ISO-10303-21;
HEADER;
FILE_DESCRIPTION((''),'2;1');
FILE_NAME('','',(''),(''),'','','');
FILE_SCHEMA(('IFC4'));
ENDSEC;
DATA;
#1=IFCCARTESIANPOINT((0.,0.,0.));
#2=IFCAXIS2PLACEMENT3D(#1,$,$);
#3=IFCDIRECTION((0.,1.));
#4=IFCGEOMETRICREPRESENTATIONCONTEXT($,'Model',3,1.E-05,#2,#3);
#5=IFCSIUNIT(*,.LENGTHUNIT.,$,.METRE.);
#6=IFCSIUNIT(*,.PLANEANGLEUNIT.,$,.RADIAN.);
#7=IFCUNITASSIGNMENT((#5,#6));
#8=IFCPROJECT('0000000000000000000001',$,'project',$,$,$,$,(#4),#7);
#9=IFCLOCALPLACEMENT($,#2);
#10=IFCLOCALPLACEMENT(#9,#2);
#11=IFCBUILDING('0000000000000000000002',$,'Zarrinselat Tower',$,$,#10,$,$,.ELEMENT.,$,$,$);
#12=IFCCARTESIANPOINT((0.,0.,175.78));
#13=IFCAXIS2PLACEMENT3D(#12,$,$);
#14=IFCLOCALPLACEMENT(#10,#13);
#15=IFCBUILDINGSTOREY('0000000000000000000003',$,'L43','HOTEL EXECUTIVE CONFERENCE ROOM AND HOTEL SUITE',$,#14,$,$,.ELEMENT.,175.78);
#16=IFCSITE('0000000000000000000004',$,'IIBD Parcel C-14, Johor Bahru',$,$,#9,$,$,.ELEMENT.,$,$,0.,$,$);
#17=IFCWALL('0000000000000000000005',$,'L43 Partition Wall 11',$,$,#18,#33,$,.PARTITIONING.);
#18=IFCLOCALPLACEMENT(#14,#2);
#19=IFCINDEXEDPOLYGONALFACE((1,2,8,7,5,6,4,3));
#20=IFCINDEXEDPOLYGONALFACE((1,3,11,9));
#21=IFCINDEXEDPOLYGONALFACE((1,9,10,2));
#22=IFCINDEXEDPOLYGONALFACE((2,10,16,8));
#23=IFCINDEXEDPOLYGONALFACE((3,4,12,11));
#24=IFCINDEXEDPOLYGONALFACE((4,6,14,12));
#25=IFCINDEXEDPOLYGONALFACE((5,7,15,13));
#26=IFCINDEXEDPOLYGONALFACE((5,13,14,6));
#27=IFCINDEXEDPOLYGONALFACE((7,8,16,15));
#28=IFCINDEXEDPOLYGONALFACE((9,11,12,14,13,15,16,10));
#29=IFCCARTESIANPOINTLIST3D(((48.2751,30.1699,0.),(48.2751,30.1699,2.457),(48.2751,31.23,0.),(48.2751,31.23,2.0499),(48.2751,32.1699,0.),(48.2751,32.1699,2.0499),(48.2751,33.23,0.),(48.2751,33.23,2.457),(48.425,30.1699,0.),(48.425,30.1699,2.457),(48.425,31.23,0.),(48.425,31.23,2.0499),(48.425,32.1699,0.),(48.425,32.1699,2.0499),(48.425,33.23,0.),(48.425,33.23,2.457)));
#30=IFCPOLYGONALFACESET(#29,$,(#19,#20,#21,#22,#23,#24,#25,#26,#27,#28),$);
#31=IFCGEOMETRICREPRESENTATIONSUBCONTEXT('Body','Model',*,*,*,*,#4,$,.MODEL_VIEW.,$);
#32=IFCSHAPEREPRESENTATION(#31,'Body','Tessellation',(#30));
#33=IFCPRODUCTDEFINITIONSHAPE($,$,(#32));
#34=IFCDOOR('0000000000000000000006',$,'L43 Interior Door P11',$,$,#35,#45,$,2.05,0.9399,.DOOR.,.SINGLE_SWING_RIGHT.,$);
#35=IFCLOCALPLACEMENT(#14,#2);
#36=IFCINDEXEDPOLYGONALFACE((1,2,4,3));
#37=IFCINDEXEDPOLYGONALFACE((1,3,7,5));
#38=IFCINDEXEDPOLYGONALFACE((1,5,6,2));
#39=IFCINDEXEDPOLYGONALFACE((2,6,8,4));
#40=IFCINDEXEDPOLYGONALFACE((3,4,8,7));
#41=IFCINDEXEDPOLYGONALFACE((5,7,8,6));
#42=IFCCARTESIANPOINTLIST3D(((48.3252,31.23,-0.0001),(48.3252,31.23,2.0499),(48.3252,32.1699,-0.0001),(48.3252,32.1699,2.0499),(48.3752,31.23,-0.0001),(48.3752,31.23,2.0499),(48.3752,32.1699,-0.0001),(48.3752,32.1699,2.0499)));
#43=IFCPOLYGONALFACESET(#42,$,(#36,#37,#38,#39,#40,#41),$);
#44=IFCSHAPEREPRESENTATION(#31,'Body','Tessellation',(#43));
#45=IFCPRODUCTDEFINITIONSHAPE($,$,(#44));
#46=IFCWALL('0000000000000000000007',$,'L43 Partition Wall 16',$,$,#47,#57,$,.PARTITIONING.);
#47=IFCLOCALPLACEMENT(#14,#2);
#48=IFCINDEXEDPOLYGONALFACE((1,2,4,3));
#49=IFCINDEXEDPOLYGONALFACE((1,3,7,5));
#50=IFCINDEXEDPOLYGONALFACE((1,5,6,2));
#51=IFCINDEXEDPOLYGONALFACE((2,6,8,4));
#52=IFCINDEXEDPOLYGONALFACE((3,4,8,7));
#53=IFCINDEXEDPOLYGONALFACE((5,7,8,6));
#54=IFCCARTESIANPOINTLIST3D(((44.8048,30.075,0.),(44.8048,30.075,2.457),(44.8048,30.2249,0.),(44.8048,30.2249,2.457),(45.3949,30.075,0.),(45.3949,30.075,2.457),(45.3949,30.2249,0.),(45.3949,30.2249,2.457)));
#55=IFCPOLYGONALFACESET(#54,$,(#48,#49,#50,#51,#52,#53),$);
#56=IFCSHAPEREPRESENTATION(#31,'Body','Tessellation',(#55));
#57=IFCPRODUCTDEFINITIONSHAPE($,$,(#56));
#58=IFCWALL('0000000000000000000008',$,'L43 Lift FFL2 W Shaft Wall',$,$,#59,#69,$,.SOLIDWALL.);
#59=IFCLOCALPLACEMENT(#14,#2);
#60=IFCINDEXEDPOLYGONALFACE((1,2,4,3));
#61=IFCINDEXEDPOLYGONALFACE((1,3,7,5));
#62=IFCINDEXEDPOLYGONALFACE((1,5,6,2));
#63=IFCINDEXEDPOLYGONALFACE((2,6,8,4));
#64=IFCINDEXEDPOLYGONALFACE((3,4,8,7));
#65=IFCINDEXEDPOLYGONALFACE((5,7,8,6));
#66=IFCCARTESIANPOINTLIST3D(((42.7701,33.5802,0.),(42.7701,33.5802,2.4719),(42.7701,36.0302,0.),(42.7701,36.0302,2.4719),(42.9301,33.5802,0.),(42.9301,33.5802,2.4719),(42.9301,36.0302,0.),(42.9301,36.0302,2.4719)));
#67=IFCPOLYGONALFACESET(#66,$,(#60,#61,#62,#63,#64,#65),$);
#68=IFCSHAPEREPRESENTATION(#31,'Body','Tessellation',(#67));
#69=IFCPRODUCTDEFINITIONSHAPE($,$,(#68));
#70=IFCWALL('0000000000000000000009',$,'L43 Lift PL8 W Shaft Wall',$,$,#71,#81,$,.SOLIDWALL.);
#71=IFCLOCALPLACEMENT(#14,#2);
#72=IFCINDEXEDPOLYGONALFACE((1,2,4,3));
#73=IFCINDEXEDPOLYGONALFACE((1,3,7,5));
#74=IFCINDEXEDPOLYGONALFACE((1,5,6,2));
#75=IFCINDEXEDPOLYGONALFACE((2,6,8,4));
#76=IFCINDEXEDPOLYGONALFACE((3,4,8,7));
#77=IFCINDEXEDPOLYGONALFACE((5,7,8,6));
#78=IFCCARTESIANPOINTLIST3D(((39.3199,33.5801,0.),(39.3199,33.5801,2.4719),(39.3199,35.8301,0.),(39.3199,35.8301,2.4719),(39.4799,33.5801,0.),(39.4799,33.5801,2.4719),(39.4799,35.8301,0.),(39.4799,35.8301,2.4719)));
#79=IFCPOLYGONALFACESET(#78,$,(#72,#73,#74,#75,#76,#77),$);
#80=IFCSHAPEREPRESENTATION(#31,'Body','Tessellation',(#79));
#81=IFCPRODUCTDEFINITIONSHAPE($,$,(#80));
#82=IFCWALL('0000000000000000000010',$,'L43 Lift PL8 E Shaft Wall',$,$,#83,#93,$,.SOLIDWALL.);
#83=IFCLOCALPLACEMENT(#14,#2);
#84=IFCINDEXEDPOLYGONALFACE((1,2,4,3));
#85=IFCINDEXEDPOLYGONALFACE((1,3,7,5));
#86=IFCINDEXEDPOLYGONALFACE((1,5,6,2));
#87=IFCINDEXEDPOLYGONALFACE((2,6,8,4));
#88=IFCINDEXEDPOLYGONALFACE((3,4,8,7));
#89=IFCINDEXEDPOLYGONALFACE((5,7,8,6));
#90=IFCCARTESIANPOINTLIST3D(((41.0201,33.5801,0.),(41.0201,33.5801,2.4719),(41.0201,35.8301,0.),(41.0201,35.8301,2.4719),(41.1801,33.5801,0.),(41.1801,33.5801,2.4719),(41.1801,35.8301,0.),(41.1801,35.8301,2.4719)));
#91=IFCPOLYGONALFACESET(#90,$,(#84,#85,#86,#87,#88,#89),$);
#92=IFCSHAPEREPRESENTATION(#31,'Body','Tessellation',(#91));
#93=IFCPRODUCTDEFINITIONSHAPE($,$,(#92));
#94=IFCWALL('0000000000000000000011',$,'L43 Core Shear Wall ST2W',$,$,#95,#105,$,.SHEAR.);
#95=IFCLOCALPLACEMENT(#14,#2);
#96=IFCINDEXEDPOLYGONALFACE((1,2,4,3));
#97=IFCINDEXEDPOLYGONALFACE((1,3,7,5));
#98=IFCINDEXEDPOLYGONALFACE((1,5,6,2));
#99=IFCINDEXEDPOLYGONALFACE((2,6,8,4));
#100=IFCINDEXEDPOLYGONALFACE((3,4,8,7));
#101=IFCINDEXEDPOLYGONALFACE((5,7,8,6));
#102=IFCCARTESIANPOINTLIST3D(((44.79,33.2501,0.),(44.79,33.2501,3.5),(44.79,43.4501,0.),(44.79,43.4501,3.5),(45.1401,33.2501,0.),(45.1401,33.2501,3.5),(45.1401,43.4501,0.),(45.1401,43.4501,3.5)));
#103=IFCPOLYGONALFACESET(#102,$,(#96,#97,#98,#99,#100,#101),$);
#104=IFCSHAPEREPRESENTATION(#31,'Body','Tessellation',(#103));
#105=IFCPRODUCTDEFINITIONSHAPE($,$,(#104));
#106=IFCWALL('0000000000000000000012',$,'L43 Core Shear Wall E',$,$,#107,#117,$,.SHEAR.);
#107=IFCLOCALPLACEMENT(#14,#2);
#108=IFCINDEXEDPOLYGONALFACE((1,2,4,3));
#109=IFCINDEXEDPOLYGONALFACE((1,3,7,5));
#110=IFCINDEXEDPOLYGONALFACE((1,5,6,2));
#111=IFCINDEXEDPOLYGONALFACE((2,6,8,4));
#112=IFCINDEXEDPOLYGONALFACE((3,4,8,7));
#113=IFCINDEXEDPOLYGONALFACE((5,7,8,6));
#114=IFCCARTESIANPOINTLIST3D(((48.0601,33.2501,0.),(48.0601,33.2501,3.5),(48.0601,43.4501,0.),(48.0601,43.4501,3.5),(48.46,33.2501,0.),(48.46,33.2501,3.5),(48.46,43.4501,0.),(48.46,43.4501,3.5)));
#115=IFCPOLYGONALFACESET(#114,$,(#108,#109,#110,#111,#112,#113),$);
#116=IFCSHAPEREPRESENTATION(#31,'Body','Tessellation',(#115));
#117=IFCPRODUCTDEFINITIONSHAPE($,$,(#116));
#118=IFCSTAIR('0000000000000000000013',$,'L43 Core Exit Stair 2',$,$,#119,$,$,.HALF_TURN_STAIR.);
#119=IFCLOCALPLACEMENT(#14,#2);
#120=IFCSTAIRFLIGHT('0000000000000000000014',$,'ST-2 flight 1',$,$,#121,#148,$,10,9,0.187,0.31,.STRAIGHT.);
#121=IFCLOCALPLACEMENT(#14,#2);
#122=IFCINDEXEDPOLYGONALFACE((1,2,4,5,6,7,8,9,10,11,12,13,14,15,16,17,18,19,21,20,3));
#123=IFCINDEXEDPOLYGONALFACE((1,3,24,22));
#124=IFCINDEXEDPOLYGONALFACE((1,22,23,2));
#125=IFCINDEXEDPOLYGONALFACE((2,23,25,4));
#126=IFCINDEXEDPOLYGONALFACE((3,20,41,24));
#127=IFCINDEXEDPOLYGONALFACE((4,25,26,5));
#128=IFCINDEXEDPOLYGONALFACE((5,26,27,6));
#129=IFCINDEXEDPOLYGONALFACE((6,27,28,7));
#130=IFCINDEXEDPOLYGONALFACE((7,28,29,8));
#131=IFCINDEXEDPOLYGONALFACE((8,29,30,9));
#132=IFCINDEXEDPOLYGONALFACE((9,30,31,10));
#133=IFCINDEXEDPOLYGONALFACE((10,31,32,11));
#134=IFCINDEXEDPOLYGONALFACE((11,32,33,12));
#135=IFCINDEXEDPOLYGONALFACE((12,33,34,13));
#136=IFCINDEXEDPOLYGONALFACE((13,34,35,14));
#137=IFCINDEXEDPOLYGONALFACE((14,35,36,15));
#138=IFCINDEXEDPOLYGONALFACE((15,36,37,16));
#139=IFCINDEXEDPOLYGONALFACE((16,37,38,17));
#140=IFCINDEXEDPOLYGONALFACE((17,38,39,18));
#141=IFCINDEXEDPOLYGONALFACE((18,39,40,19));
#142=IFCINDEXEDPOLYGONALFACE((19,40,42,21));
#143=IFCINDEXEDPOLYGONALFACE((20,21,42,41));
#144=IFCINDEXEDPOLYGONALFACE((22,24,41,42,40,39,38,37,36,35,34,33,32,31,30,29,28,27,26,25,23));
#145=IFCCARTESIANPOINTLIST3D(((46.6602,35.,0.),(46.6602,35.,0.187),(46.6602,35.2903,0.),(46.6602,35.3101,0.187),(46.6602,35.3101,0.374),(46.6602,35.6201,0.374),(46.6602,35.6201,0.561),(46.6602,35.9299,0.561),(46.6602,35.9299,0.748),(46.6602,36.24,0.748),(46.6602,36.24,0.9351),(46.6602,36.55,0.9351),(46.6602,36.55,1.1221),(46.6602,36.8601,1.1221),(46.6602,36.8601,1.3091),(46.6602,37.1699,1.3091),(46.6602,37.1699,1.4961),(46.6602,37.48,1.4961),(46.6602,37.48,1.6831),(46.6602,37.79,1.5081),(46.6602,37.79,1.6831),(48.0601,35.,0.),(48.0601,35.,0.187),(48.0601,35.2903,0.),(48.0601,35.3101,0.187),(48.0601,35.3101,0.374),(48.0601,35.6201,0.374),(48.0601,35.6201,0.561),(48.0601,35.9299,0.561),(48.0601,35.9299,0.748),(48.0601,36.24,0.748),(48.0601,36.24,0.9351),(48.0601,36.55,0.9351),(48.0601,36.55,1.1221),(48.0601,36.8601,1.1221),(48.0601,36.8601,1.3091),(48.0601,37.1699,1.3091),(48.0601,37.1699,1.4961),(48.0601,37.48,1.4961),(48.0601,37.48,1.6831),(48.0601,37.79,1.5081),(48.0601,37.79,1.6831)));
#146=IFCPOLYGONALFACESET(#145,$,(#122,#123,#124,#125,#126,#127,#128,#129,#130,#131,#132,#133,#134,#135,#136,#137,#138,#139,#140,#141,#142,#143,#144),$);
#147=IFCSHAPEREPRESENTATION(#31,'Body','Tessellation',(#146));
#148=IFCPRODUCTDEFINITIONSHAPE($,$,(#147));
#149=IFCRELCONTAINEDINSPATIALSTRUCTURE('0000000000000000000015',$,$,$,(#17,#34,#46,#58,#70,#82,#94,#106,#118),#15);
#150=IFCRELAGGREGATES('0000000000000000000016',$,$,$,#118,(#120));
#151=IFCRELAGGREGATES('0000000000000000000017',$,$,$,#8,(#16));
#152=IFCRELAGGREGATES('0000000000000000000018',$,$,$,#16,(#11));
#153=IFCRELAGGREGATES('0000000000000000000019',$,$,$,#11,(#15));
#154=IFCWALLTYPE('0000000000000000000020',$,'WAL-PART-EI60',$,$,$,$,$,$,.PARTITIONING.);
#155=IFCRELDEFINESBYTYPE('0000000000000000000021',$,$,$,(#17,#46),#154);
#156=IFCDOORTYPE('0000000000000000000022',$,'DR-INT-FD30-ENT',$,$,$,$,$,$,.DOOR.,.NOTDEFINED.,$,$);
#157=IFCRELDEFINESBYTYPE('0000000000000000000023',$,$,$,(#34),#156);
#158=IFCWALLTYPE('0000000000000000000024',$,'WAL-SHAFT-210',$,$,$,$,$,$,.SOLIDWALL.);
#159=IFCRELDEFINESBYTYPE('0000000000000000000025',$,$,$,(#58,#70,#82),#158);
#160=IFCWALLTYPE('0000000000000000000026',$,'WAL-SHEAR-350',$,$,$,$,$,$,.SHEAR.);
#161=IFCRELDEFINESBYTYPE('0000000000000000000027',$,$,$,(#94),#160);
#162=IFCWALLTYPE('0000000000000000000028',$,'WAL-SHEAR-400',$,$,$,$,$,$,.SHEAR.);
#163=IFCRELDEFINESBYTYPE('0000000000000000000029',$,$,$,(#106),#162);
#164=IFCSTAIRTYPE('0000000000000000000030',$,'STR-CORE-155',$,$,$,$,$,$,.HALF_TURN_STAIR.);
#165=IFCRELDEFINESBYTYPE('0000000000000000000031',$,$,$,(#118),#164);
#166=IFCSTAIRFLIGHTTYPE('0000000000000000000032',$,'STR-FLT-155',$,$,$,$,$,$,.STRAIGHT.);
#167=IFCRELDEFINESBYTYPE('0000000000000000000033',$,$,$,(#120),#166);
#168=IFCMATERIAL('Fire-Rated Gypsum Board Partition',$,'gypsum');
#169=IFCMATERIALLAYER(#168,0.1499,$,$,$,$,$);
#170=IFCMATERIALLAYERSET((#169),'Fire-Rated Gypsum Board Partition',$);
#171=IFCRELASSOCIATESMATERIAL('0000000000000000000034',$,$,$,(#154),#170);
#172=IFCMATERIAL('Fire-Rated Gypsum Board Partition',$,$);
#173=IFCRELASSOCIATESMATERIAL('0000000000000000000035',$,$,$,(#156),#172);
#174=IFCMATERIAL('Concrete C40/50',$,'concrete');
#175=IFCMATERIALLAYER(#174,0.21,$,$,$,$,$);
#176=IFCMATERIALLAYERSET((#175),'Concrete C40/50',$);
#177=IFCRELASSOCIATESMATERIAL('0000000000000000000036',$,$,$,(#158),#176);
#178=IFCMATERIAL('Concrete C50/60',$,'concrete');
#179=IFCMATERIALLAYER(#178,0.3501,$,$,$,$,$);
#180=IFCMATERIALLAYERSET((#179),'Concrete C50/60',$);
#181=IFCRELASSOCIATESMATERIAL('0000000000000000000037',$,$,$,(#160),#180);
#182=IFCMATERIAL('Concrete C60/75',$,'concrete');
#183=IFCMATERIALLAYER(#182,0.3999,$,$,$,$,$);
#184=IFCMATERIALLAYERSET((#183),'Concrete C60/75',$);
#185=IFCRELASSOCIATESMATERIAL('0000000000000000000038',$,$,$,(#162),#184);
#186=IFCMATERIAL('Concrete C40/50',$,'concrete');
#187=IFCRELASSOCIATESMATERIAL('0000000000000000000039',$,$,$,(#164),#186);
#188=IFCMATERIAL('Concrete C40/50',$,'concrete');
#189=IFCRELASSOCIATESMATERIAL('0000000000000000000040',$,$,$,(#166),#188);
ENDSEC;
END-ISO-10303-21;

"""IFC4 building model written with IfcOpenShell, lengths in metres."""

from ifc_helpers import new_model, si_unit, direction, frame, frame_2d, origin, place, context, subcontext, project, spatial, polyline, rectangle, outline, extrude, material, layer, layer_set, type_object, element, fill, aggregate, save


model = new_model("IFC4")

# Units and contexts
model_context = context("Model", 3, precision=1e-05, world=origin(), true_north=direction((0.0, 1.0)))
body_context = subcontext(model_context, "Body", "Model", "MODEL_VIEW")
ifc_project = project(units=[si_unit("LENGTHUNIT", "METRE"), si_unit("PLANEANGLEUNIT", "RADIAN")], contexts=[model_context])

# Site, building, storey
site_placement = place(None, origin())
site = spatial("IfcSite", under=ifc_project, at=site_placement, Name="IIBD Parcel C-14, Johor Bahru", CompositionType="ELEMENT", RefElevation=0.0)
building_placement = place(site_placement, origin())
building = spatial("IfcBuilding", under=site, at=building_placement, Name="Zarrinselat Tower", CompositionType="ELEMENT")
storey_placement = place(building_placement, frame((0.0, 0.0, 175.78)))
storey = spatial("IfcBuildingStorey", under=building, at=storey_placement, Name="L43", Description="HOTEL EXECUTIVE CONFERENCE ROOM AND HOTEL SUITE", CompositionType="ELEMENT", Elevation=175.78)

# Wall, opening, door
ifc_material_1 = material(Name="Fire-Rated Gypsum Board Partition", Category="gypsum")
ifc_layer_1 = layer(ifc_material_1, 0.1499)
ifc_layer_set_1 = layer_set([ifc_layer_1], Name="Fire-Rated Gypsum Board Partition")
wall_type_1 = type_object("IfcWallType", Name="WAL-PART-EI60", PredefinedType="PARTITIONING", material=ifc_layer_set_1)
wall_1_placement = place(storey_placement, frame((48.3501, 30.1699, 0.0), z_axis=(0.0, 0.0, 1.0), x_axis=(0.0, 1.0, 0.0)))
wall_1 = element("IfcWall", 1, at=wall_1_placement, inside=storey, type_object=wall_type_1, Name="L43 Partition Wall 11", PredefinedType="PARTITIONING", context=body_context, shape_type="SweptSolid", body=[
    extrude(rectangle(XDim=3.0601, YDim=0.1499, at=frame_2d((1.53, 0.0))), origin(), (0.0, 0.0, 1.0), 2.457),
])
opening_1_placement = place(wall_1_placement, frame((1.0601, 0.0, 0.0)))
opening_1 = element("IfcOpeningElement", 2, at=opening_1_placement, cuts=wall_1, PredefinedType="OPENING", context=body_context, shape_type="SweptSolid", body=[
    extrude(rectangle(XDim=0.9399, YDim=2.05, at=frame_2d((0.47, 1.0249))), frame((0.0, 0.085, 0.0), z_axis=(0.0, -1.0, 0.0), x_axis=(1.0, 0.0, 0.0)), (0.0, 0.0, 1.0), 0.1699),
])
ifc_material_2 = material(Name="Fire-Rated Gypsum Board Partition")
door_type_1 = type_object("IfcDoorType", Name="DR-INT-FD30-ENT", OperationType="NOTDEFINED", PredefinedType="DOOR", material=ifc_material_2)
door_1_placement = place(opening_1_placement, origin())
door_1 = element("IfcDoor", 3, at=door_1_placement, inside=storey, type_object=door_type_1, Name="L43 Interior Door P11", OperationType="SINGLE_SWING_RIGHT", OverallHeight=2.05, OverallWidth=0.9399, PredefinedType="DOOR", context=body_context, shape_type="SweptSolid", body=[
    extrude(rectangle(XDim=0.9399, YDim=2.05, at=frame_2d((0.47, 1.0249))), frame((0.0, 0.0249, 0.0), z_axis=(0.0, -1.0, 0.0), x_axis=(1.0, 0.0, 0.0)), (0.0, 0.0, 1.0), 0.05),
])
fill(opening_1, door_1)

# Walls
wall_2_placement = place(storey_placement, frame((44.8049, 30.1499, 0.0), z_axis=(0.0, 0.0, 1.0), x_axis=(1.0, 0.0, 0.0)))
element("IfcWall", 4, at=wall_2_placement, inside=storey, type_object=wall_type_1, Name="L43 Partition Wall 16", PredefinedType="PARTITIONING", context=body_context, shape_type="SweptSolid", body=[
    extrude(rectangle(XDim=0.5901, YDim=0.1499, at=frame_2d((0.2949, 0.0))), origin(), (0.0, 0.0, 1.0), 2.457),
])
ifc_material_3 = material(Name="Concrete C40/50", Category="concrete")
ifc_layer_2 = layer(ifc_material_3, 0.21)
ifc_layer_set_2 = layer_set([ifc_layer_2], Name="Concrete C40/50")
wall_type_2 = type_object("IfcWallType", Name="WAL-SHAFT-210", PredefinedType="SOLIDWALL", material=ifc_layer_set_2)
wall_3_placement = place(storey_placement, frame((42.8501, 33.5801, 0.0), z_axis=(0.0, 0.0, 1.0), x_axis=(0.0, 1.0, 0.0)))
element("IfcWall", 5, at=wall_3_placement, inside=storey, type_object=wall_type_2, Name="L43 Lift FFL2 W Shaft Wall", PredefinedType="SOLIDWALL", context=body_context, shape_type="SweptSolid", body=[
    extrude(rectangle(XDim=2.45, YDim=0.1599, at=frame_2d((1.2251, 0.0))), origin(), (0.0, 0.0, 1.0), 2.4719),
])
for number, where, z_axis, x_axis, name in (
    (6, (39.3999, 33.5801, 0.0), (0.0, 0.0, 1.0), (0.0, 1.0, 0.0), "L43 Lift PL8 W Shaft Wall"),
    (7, (41.1001, 33.5801, 0.0), (0.0, 0.0, 1.0), (0.0, 1.0, 0.0), "L43 Lift PL8 E Shaft Wall"),
):
    element("IfcWall", number, at=place(storey_placement, frame(where, z_axis=z_axis, x_axis=x_axis)), inside=storey, type_object=wall_type_2, Name=name, PredefinedType="SOLIDWALL", context=body_context, shape_type="SweptSolid", body=[
        extrude(rectangle(XDim=2.25, YDim=0.1599, at=frame_2d((1.125, 0.0))), origin(), (0.0, 0.0, 1.0), 2.4719),
    ])
ifc_material_4 = material(Name="Concrete C50/60", Category="concrete")
ifc_layer_3 = layer(ifc_material_4, 0.3501)
ifc_layer_set_3 = layer_set([ifc_layer_3], Name="Concrete C50/60")
wall_type_3 = type_object("IfcWallType", Name="WAL-SHEAR-350", PredefinedType="SHEAR", material=ifc_layer_set_3)
wall_4_placement = place(storey_placement, frame((44.9651, 33.25, 0.0), z_axis=(0.0, 0.0, 1.0), x_axis=(0.0, 1.0, 0.0)))
element("IfcWall", 8, at=wall_4_placement, inside=storey, type_object=wall_type_3, Name="L43 Core Shear Wall ST2W", PredefinedType="SHEAR", context=body_context, shape_type="SweptSolid", body=[
    extrude(rectangle(XDim=10.2, YDim=0.3501, at=frame_2d((5.1001, 0.0))), origin(), (0.0, 0.0, 1.0), 3.5),
])
ifc_material_5 = material(Name="Concrete C60/75", Category="concrete")
ifc_layer_4 = layer(ifc_material_5, 0.3999)
ifc_layer_set_4 = layer_set([ifc_layer_4], Name="Concrete C60/75")
wall_type_4 = type_object("IfcWallType", Name="WAL-SHEAR-400", PredefinedType="SHEAR", material=ifc_layer_set_4)
wall_5_placement = place(storey_placement, frame((48.26, 33.25, 0.0), z_axis=(0.0, 0.0, 1.0), x_axis=(0.0, 1.0, 0.0)))
element("IfcWall", 9, at=wall_5_placement, inside=storey, type_object=wall_type_4, Name="L43 Core Shear Wall E", PredefinedType="SHEAR", context=body_context, shape_type="SweptSolid", body=[
    extrude(rectangle(XDim=10.2, YDim=0.3999, at=frame_2d((5.1001, 0.0))), origin(), (0.0, 0.0, 1.0), 3.5),
])

# Stair, stair flight
ifc_material_6 = material(Name="Concrete C40/50", Category="concrete")
stair_type = type_object("IfcStairType", Name="STR-CORE-155", PredefinedType="HALF_TURN_STAIR", material=ifc_material_6)
stair_placement = place(storey_placement, origin())
stair = element("IfcStair", 10, at=stair_placement, inside=storey, type_object=stair_type, Name="L43 Core Exit Stair 2", PredefinedType="HALF_TURN_STAIR")
ifc_material_7 = material(Name="Concrete C40/50", Category="concrete")
stair_flight_type = type_object("IfcStairFlightType", Name="STR-FLT-155", PredefinedType="STRAIGHT", material=ifc_material_7)
stair_flight_placement = place(storey_placement, frame((47.3601, 35.0, 0.0), z_axis=(0.0, 0.0, 1.0), x_axis=(0.0, 1.0, 0.0)))
stair_flight = element("IfcStairFlight", 11, at=stair_flight_placement, type_object=stair_flight_type, Name="ST-2 flight 1", NumberOfRisers=10, NumberOfTreads=9, PredefinedType="STRAIGHT", RiserHeight=0.187, TreadLength=0.31, context=body_context, shape_type="SweptSolid", body=[
    extrude(outline(polyline([(0.0, 0.0), (0.0, 0.187), (0.3101, 0.187), (0.3101, 0.374), (0.6201, 0.374), (0.6201, 0.561), (0.9299, 0.561), (0.9299, 0.748), (1.24, 0.748), (1.24, 0.9351), (1.55, 0.9351), (1.55, 1.1221), (1.8601, 1.1221), (1.8601, 1.3091), (2.1699, 1.3091), (2.1699, 1.4961), (2.48, 1.4961), (2.48, 1.6831), (2.79, 1.6831), (2.79, 1.8701), (2.79, 1.5081), (0.2903, 0.0), (0.0, 0.0)])), frame((0.0, 0.7, 0.0), z_axis=(0.0, -1.0, 0.0), x_axis=(1.0, 0.0, 0.0)), (0.0, 0.0, 1.0), 1.3999),
])
aggregate(stair, [stair_flight])

save(model, "model.ifc")
